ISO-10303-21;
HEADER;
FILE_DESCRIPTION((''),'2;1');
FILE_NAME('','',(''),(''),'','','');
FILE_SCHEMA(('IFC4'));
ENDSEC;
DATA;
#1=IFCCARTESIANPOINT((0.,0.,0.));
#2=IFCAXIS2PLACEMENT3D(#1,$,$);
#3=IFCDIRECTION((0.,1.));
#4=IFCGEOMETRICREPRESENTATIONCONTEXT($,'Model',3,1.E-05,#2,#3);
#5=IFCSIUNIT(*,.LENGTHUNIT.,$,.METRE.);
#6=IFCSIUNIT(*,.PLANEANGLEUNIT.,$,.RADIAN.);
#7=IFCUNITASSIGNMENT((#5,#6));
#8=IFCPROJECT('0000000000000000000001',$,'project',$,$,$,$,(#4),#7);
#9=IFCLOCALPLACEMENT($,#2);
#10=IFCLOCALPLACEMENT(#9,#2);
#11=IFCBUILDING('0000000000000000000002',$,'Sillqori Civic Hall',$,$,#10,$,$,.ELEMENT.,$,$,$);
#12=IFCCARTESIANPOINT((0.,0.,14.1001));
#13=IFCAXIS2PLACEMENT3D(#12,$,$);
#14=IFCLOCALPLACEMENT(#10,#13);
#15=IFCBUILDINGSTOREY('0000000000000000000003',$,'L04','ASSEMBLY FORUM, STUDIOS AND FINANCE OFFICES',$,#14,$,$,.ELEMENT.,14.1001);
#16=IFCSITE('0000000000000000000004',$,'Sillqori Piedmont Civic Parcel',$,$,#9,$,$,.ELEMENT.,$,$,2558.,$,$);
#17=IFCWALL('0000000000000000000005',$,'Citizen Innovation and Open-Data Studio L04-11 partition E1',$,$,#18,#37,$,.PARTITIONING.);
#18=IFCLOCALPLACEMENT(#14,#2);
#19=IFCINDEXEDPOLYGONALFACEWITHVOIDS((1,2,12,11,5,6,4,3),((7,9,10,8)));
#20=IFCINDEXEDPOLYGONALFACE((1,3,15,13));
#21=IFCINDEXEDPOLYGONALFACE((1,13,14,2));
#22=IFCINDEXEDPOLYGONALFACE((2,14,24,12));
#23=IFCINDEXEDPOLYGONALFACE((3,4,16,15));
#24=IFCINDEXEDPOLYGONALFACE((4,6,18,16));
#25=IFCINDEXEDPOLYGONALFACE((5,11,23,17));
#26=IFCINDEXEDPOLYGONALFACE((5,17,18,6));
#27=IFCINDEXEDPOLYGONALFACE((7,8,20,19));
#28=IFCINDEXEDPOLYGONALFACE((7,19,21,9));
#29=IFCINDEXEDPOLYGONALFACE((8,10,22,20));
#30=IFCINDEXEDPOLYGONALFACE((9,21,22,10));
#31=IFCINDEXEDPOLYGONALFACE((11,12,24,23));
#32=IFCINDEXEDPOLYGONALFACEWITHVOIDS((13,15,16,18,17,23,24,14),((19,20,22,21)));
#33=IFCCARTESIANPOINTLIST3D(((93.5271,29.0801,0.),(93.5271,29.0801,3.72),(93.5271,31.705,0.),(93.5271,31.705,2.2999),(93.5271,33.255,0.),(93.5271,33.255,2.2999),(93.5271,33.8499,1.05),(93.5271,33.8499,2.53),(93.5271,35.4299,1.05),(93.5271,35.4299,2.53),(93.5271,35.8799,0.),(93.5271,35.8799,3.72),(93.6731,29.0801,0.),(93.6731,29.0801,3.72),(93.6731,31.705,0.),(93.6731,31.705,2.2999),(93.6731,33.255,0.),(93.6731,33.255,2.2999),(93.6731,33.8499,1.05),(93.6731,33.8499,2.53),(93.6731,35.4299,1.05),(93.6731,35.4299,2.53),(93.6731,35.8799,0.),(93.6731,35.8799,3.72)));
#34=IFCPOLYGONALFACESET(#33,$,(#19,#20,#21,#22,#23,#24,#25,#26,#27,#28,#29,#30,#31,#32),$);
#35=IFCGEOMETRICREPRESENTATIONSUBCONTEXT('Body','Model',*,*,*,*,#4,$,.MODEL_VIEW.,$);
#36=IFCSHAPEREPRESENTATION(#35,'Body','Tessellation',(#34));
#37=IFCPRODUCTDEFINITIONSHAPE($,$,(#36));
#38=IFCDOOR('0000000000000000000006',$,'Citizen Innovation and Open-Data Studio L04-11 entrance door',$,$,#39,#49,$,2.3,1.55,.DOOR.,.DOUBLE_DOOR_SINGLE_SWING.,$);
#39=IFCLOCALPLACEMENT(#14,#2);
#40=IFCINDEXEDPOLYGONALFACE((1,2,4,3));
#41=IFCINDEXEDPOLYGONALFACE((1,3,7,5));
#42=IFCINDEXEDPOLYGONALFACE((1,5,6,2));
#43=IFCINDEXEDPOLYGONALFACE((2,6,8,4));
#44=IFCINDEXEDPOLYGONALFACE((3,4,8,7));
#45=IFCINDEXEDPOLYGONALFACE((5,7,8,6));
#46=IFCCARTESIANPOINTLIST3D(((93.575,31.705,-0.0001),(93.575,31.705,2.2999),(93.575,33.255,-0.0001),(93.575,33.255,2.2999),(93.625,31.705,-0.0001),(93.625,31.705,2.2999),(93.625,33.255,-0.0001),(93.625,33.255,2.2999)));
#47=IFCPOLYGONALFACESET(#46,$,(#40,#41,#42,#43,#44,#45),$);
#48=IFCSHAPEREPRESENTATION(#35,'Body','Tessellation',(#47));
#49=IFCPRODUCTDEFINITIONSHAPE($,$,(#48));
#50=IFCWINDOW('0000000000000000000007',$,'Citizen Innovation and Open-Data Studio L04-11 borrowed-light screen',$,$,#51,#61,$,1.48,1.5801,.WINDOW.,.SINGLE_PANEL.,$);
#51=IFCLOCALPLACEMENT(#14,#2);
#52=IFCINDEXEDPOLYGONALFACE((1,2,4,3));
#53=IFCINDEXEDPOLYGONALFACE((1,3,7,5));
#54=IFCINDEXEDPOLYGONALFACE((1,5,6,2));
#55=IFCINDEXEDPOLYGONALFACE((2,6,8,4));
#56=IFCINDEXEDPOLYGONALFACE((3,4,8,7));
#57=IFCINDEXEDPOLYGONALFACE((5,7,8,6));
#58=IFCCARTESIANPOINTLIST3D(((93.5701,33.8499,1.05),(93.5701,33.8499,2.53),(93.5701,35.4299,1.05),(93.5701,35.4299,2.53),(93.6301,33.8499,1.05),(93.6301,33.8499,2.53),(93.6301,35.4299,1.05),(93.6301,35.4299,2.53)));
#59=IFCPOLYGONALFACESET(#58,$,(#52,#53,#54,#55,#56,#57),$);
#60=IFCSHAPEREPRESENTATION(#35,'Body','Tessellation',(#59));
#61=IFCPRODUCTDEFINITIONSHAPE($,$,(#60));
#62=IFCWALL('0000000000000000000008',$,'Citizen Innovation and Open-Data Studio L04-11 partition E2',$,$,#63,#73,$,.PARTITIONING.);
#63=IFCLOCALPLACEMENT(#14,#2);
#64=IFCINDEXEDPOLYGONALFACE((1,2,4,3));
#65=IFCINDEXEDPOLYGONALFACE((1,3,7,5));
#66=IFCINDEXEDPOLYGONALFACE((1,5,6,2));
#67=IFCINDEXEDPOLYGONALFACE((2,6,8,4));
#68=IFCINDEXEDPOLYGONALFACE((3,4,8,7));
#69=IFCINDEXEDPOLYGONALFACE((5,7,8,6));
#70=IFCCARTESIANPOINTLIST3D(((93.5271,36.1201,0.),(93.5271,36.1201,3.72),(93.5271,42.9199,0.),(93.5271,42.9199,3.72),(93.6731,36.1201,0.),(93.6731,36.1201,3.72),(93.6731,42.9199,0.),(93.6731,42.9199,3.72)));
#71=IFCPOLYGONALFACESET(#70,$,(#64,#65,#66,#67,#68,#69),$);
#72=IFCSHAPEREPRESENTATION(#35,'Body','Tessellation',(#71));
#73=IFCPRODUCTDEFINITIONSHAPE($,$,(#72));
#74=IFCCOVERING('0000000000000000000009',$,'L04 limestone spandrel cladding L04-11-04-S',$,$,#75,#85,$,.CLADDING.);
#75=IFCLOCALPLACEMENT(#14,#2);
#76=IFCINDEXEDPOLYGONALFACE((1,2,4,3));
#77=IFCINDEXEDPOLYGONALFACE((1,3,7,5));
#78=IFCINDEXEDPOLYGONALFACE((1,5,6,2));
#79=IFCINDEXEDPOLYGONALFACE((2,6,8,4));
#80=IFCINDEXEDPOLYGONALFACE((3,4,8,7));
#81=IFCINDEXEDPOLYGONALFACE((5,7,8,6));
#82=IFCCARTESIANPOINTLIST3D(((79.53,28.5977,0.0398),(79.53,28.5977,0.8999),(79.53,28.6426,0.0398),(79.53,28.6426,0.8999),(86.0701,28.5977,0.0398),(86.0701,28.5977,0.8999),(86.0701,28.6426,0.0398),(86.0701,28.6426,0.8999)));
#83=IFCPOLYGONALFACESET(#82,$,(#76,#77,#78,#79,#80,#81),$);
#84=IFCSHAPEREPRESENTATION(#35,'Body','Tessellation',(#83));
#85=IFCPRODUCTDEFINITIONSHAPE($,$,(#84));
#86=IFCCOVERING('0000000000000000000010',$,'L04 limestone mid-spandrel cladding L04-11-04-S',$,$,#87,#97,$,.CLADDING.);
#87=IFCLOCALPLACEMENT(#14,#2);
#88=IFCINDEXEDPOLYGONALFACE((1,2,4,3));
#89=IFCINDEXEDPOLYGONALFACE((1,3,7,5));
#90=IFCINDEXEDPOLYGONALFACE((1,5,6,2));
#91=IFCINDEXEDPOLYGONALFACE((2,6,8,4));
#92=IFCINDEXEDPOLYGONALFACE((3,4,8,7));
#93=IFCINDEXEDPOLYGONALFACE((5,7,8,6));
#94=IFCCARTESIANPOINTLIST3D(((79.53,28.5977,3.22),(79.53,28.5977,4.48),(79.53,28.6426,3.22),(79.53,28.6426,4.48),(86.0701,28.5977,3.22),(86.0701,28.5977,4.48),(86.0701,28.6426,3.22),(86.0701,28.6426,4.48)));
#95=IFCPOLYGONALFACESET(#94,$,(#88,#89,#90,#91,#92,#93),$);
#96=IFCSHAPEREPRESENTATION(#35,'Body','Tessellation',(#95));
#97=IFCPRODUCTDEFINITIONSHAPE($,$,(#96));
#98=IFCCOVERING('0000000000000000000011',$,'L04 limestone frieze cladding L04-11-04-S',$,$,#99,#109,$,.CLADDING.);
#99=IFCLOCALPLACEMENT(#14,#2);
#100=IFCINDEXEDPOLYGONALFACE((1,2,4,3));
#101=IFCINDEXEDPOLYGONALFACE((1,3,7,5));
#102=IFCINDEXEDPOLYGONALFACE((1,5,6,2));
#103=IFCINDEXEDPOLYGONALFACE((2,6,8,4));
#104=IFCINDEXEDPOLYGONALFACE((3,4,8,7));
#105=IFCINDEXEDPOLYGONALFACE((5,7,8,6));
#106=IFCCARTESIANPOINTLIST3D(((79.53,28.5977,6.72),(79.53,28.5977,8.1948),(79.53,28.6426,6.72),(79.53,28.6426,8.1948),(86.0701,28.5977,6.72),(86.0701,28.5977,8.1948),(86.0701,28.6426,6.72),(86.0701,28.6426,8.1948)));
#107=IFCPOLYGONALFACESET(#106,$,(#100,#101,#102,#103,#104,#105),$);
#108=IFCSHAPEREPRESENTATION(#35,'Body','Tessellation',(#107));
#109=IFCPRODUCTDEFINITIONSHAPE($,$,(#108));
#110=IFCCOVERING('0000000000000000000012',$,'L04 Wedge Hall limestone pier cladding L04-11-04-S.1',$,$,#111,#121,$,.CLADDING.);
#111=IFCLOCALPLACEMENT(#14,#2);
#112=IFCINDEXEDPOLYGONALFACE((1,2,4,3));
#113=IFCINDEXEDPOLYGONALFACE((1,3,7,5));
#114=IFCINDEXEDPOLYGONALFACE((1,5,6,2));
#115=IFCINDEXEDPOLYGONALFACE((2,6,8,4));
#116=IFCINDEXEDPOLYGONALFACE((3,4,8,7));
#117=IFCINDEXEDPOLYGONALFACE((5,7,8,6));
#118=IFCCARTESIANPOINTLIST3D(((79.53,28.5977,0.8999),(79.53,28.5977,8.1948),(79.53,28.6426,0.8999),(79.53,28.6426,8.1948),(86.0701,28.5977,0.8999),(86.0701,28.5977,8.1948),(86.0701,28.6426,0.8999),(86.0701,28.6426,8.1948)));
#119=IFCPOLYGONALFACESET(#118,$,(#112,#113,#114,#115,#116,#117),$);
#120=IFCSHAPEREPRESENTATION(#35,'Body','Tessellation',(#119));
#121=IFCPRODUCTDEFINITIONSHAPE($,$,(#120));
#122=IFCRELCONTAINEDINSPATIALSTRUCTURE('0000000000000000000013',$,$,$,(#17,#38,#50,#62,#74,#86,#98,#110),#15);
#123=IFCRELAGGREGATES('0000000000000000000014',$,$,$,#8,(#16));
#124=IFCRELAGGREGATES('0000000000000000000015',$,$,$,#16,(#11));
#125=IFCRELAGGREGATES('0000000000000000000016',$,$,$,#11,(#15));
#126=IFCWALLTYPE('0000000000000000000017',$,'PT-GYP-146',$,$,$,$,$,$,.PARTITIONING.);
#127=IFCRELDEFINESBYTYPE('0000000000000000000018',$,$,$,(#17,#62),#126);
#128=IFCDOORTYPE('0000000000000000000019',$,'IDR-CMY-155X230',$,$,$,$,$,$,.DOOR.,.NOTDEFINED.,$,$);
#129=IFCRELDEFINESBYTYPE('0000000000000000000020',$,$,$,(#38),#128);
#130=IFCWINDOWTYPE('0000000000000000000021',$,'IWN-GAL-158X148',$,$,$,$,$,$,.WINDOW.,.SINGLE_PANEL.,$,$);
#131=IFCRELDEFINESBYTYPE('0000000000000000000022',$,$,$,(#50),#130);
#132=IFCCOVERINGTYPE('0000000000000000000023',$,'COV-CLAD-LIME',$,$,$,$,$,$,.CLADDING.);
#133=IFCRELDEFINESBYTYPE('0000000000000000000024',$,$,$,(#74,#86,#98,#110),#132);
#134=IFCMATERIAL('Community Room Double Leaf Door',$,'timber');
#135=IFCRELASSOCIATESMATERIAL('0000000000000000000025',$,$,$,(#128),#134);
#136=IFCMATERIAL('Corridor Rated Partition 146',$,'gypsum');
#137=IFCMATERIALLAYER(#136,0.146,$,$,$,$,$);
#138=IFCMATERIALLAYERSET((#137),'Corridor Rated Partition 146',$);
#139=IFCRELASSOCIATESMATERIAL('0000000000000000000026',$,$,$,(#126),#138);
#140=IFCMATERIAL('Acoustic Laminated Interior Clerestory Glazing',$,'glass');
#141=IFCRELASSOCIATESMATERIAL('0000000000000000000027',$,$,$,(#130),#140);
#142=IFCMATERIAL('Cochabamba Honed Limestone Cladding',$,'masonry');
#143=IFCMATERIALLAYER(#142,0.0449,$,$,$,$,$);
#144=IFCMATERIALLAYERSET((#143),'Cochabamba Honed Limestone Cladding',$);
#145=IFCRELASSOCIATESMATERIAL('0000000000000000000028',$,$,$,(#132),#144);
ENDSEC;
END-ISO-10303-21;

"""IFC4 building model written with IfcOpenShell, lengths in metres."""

from ifc_helpers import new_model, si_unit, direction, frame, frame_2d, origin, place, context, subcontext, project, spatial, rectangle, extrude, material, layer, layer_set, type_object, element, fill, save


model = new_model("IFC4")

# Units and contexts
model_context = context("Model", 3, precision=1e-05, world=origin(), true_north=direction((0.0, 1.0)))
body_context = subcontext(model_context, "Body", "Model", "MODEL_VIEW")
ifc_project = project(units=[si_unit("LENGTHUNIT", "METRE"), si_unit("PLANEANGLEUNIT", "RADIAN")], contexts=[model_context])

# Site, building, storey
site_placement = place(None, origin())
site = spatial("IfcSite", under=ifc_project, at=site_placement, Name="Sillqori Piedmont Civic Parcel", CompositionType="ELEMENT", RefElevation=2558.0)
building_placement = place(site_placement, origin())
building = spatial("IfcBuilding", under=site, at=building_placement, Name="Sillqori Civic Hall", CompositionType="ELEMENT")
storey_placement = place(building_placement, frame((0.0, 0.0, 14.1001)))
storey = spatial("IfcBuildingStorey", under=building, at=storey_placement, Name="L04", Description="ASSEMBLY FORUM, STUDIOS AND FINANCE OFFICES", CompositionType="ELEMENT", Elevation=14.1001)

# Shared definitions
ifc_material_1 = material(Name="Community Room Double Leaf Door", Category="timber")
door_type = type_object("IfcDoorType", Name="IDR-CMY-155X230", OperationType="NOTDEFINED", PredefinedType="DOOR", material=ifc_material_1)
ifc_material_2 = material(Name="Acoustic Laminated Interior Clerestory Glazing", Category="glass")

# Wall, openings, door, window
ifc_material_3 = material(Name="Corridor Rated Partition 146", Category="gypsum")
ifc_layer_1 = layer(ifc_material_3, 0.146)
ifc_layer_set_1 = layer_set([ifc_layer_1], Name="Corridor Rated Partition 146")
wall_type_1 = type_object("IfcWallType", Name="PT-GYP-146", PredefinedType="PARTITIONING", material=ifc_layer_set_1)
wall_1_placement = place(storey_placement, frame((93.6001, 35.8799, 0.0), z_axis=(0.0, 0.0, 1.0), x_axis=(0.0, -1.0, 0.0)))
wall_1 = element("IfcWall", 1, at=wall_1_placement, inside=storey, type_object=wall_type_1, Name="Citizen Innovation and Open-Data Studio L04-11 partition E1", PredefinedType="PARTITIONING", context=body_context, shape_type="SweptSolid", body=[
    extrude(rectangle(XDim=6.7998, YDim=0.146, at=frame_2d((3.3999, 0.0))), origin(), (0.0, 0.0, 1.0), 3.72),
])
opening_1_placement = place(wall_1_placement, frame((2.625, 0.0, 0.0)))
opening_1 = element("IfcOpeningElement", 2, at=opening_1_placement, cuts=wall_1, PredefinedType="OPENING", context=body_context, shape_type="SweptSolid", body=[
    extrude(rectangle(XDim=1.55, YDim=2.3, at=frame_2d((0.7749, 1.1499))), frame((0.0, 0.083, 0.0), z_axis=(0.0, -1.0, 0.0), x_axis=(1.0, 0.0, 0.0)), (0.0, 0.0, 1.0), 0.166),
])
opening_2_placement = place(wall_1_placement, frame((0.45, 0.0, 1.05)))
opening_2 = element("IfcOpeningElement", 3, at=opening_2_placement, cuts=wall_1, PredefinedType="OPENING", context=body_context, shape_type="SweptSolid", body=[
    extrude(rectangle(XDim=1.5801, YDim=1.48, at=frame_2d((0.79, 0.74))), frame((0.0, 0.083, 0.0), z_axis=(0.0, -1.0, 0.0), x_axis=(1.0, 0.0, 0.0)), (0.0, 0.0, 1.0), 0.166),
])
door_1_placement = place(opening_1_placement, origin())
door_1 = element("IfcDoor", 4, at=door_1_placement, inside=storey, type_object=door_type, Name="Citizen Innovation and Open-Data Studio L04-11 entrance door", OperationType="DOUBLE_DOOR_SINGLE_SWING", OverallHeight=2.3, OverallWidth=1.55, PredefinedType="DOOR", context=body_context, shape_type="SweptSolid", body=[
    extrude(rectangle(XDim=1.55, YDim=2.3, at=frame_2d((0.7749, 1.1499))), frame((0.0, 0.0249, 0.0), z_axis=(0.0, -1.0, 0.0), x_axis=(1.0, 0.0, 0.0)), (0.0, 0.0, 1.0), 0.05),
])
fill(opening_1, door_1)
window_type_1 = type_object("IfcWindowType", Name="IWN-GAL-158X148", PartitioningType="SINGLE_PANEL", PredefinedType="WINDOW", material=ifc_material_2)
window_1_placement = place(opening_2_placement, origin())
window_1 = element("IfcWindow", 5, at=window_1_placement, inside=storey, type_object=window_type_1, Name="Citizen Innovation and Open-Data Studio L04-11 borrowed-light screen", OverallHeight=1.48, OverallWidth=1.5801, PartitioningType="SINGLE_PANEL", PredefinedType="WINDOW", context=body_context, shape_type="SweptSolid", body=[
    extrude(rectangle(XDim=1.5801, YDim=1.48, at=frame_2d((0.79, 0.74))), frame((0.0, 0.03, 0.0), z_axis=(0.0, -1.0, 0.0), x_axis=(1.0, 0.0, 0.0)), (0.0, 0.0, 1.0), 0.0601),
])
fill(opening_2, window_1)

# Wall
wall_2_placement = place(storey_placement, frame((93.6001, 42.9199, 0.0), z_axis=(0.0, 0.0, 1.0), x_axis=(0.0, -1.0, 0.0)))
element("IfcWall", 6, at=wall_2_placement, inside=storey, type_object=wall_type_1, Name="Citizen Innovation and Open-Data Studio L04-11 partition E2", PredefinedType="PARTITIONING", context=body_context, shape_type="SweptSolid", body=[
    extrude(rectangle(XDim=6.7998, YDim=0.146, at=frame_2d((3.3999, 0.0))), origin(), (0.0, 0.0, 1.0), 3.72),
])

# Coverings
ifc_material_4 = material(Name="Cochabamba Honed Limestone Cladding", Category="masonry")
ifc_layer_2 = layer(ifc_material_4, 0.0449)
ifc_layer_set_2 = layer_set([ifc_layer_2], Name="Cochabamba Honed Limestone Cladding")
covering_type = type_object("IfcCoveringType", Name="COV-CLAD-LIME", PredefinedType="CLADDING", material=ifc_layer_set_2)
covering_1_placement = place(storey_placement, frame((86.0701, 28.6201, 0.0398), z_axis=(0.0, 0.0, 1.0), x_axis=(-1.0, 0.0, 0.0)))
element("IfcCovering", 7, at=covering_1_placement, inside=storey, type_object=covering_type, Name="L04 limestone spandrel cladding L04-11-04-S", PredefinedType="CLADDING", context=body_context, shape_type="SweptSolid", body=[
    extrude(rectangle(XDim=6.54, YDim=0.0449, at=frame_2d((3.27, 0.0))), origin(), (0.0, 0.0, 1.0), 0.8601),
])
covering_2_placement = place(storey_placement, frame((86.0701, 28.6201, 3.22), z_axis=(0.0, 0.0, 1.0), x_axis=(-1.0, 0.0, 0.0)))
element("IfcCovering", 8, at=covering_2_placement, inside=storey, type_object=covering_type, Name="L04 limestone mid-spandrel cladding L04-11-04-S", PredefinedType="CLADDING", context=body_context, shape_type="SweptSolid", body=[
    extrude(rectangle(XDim=6.54, YDim=0.0449, at=frame_2d((3.27, 0.0))), origin(), (0.0, 0.0, 1.0), 1.26),
])
covering_3_placement = place(storey_placement, frame((86.0701, 28.6201, 6.72), z_axis=(0.0, 0.0, 1.0), x_axis=(-1.0, 0.0, 0.0)))
element("IfcCovering", 9, at=covering_3_placement, inside=storey, type_object=covering_type, Name="L04 limestone frieze cladding L04-11-04-S", PredefinedType="CLADDING", context=body_context, shape_type="SweptSolid", body=[
    extrude(rectangle(XDim=6.54, YDim=0.0449, at=frame_2d((3.27, 0.0))), origin(), (0.0, 0.0, 1.0), 1.4749),
])
covering_4_placement = place(storey_placement, frame((86.0701, 28.6201, 0.8999), z_axis=(0.0, 0.0, 1.0), x_axis=(-1.0, 0.0, 0.0)))
element("IfcCovering", 10, at=covering_4_placement, inside=storey, type_object=covering_type, Name="L04 Wedge Hall limestone pier cladding L04-11-04-S.1", PredefinedType="CLADDING", context=body_context, shape_type="SweptSolid", body=[
    extrude(rectangle(XDim=6.54, YDim=0.0449, at=frame_2d((3.27, 0.0))), origin(), (0.0, 0.0, 1.0), 7.2949),
])

save(model, "model.ifc")
